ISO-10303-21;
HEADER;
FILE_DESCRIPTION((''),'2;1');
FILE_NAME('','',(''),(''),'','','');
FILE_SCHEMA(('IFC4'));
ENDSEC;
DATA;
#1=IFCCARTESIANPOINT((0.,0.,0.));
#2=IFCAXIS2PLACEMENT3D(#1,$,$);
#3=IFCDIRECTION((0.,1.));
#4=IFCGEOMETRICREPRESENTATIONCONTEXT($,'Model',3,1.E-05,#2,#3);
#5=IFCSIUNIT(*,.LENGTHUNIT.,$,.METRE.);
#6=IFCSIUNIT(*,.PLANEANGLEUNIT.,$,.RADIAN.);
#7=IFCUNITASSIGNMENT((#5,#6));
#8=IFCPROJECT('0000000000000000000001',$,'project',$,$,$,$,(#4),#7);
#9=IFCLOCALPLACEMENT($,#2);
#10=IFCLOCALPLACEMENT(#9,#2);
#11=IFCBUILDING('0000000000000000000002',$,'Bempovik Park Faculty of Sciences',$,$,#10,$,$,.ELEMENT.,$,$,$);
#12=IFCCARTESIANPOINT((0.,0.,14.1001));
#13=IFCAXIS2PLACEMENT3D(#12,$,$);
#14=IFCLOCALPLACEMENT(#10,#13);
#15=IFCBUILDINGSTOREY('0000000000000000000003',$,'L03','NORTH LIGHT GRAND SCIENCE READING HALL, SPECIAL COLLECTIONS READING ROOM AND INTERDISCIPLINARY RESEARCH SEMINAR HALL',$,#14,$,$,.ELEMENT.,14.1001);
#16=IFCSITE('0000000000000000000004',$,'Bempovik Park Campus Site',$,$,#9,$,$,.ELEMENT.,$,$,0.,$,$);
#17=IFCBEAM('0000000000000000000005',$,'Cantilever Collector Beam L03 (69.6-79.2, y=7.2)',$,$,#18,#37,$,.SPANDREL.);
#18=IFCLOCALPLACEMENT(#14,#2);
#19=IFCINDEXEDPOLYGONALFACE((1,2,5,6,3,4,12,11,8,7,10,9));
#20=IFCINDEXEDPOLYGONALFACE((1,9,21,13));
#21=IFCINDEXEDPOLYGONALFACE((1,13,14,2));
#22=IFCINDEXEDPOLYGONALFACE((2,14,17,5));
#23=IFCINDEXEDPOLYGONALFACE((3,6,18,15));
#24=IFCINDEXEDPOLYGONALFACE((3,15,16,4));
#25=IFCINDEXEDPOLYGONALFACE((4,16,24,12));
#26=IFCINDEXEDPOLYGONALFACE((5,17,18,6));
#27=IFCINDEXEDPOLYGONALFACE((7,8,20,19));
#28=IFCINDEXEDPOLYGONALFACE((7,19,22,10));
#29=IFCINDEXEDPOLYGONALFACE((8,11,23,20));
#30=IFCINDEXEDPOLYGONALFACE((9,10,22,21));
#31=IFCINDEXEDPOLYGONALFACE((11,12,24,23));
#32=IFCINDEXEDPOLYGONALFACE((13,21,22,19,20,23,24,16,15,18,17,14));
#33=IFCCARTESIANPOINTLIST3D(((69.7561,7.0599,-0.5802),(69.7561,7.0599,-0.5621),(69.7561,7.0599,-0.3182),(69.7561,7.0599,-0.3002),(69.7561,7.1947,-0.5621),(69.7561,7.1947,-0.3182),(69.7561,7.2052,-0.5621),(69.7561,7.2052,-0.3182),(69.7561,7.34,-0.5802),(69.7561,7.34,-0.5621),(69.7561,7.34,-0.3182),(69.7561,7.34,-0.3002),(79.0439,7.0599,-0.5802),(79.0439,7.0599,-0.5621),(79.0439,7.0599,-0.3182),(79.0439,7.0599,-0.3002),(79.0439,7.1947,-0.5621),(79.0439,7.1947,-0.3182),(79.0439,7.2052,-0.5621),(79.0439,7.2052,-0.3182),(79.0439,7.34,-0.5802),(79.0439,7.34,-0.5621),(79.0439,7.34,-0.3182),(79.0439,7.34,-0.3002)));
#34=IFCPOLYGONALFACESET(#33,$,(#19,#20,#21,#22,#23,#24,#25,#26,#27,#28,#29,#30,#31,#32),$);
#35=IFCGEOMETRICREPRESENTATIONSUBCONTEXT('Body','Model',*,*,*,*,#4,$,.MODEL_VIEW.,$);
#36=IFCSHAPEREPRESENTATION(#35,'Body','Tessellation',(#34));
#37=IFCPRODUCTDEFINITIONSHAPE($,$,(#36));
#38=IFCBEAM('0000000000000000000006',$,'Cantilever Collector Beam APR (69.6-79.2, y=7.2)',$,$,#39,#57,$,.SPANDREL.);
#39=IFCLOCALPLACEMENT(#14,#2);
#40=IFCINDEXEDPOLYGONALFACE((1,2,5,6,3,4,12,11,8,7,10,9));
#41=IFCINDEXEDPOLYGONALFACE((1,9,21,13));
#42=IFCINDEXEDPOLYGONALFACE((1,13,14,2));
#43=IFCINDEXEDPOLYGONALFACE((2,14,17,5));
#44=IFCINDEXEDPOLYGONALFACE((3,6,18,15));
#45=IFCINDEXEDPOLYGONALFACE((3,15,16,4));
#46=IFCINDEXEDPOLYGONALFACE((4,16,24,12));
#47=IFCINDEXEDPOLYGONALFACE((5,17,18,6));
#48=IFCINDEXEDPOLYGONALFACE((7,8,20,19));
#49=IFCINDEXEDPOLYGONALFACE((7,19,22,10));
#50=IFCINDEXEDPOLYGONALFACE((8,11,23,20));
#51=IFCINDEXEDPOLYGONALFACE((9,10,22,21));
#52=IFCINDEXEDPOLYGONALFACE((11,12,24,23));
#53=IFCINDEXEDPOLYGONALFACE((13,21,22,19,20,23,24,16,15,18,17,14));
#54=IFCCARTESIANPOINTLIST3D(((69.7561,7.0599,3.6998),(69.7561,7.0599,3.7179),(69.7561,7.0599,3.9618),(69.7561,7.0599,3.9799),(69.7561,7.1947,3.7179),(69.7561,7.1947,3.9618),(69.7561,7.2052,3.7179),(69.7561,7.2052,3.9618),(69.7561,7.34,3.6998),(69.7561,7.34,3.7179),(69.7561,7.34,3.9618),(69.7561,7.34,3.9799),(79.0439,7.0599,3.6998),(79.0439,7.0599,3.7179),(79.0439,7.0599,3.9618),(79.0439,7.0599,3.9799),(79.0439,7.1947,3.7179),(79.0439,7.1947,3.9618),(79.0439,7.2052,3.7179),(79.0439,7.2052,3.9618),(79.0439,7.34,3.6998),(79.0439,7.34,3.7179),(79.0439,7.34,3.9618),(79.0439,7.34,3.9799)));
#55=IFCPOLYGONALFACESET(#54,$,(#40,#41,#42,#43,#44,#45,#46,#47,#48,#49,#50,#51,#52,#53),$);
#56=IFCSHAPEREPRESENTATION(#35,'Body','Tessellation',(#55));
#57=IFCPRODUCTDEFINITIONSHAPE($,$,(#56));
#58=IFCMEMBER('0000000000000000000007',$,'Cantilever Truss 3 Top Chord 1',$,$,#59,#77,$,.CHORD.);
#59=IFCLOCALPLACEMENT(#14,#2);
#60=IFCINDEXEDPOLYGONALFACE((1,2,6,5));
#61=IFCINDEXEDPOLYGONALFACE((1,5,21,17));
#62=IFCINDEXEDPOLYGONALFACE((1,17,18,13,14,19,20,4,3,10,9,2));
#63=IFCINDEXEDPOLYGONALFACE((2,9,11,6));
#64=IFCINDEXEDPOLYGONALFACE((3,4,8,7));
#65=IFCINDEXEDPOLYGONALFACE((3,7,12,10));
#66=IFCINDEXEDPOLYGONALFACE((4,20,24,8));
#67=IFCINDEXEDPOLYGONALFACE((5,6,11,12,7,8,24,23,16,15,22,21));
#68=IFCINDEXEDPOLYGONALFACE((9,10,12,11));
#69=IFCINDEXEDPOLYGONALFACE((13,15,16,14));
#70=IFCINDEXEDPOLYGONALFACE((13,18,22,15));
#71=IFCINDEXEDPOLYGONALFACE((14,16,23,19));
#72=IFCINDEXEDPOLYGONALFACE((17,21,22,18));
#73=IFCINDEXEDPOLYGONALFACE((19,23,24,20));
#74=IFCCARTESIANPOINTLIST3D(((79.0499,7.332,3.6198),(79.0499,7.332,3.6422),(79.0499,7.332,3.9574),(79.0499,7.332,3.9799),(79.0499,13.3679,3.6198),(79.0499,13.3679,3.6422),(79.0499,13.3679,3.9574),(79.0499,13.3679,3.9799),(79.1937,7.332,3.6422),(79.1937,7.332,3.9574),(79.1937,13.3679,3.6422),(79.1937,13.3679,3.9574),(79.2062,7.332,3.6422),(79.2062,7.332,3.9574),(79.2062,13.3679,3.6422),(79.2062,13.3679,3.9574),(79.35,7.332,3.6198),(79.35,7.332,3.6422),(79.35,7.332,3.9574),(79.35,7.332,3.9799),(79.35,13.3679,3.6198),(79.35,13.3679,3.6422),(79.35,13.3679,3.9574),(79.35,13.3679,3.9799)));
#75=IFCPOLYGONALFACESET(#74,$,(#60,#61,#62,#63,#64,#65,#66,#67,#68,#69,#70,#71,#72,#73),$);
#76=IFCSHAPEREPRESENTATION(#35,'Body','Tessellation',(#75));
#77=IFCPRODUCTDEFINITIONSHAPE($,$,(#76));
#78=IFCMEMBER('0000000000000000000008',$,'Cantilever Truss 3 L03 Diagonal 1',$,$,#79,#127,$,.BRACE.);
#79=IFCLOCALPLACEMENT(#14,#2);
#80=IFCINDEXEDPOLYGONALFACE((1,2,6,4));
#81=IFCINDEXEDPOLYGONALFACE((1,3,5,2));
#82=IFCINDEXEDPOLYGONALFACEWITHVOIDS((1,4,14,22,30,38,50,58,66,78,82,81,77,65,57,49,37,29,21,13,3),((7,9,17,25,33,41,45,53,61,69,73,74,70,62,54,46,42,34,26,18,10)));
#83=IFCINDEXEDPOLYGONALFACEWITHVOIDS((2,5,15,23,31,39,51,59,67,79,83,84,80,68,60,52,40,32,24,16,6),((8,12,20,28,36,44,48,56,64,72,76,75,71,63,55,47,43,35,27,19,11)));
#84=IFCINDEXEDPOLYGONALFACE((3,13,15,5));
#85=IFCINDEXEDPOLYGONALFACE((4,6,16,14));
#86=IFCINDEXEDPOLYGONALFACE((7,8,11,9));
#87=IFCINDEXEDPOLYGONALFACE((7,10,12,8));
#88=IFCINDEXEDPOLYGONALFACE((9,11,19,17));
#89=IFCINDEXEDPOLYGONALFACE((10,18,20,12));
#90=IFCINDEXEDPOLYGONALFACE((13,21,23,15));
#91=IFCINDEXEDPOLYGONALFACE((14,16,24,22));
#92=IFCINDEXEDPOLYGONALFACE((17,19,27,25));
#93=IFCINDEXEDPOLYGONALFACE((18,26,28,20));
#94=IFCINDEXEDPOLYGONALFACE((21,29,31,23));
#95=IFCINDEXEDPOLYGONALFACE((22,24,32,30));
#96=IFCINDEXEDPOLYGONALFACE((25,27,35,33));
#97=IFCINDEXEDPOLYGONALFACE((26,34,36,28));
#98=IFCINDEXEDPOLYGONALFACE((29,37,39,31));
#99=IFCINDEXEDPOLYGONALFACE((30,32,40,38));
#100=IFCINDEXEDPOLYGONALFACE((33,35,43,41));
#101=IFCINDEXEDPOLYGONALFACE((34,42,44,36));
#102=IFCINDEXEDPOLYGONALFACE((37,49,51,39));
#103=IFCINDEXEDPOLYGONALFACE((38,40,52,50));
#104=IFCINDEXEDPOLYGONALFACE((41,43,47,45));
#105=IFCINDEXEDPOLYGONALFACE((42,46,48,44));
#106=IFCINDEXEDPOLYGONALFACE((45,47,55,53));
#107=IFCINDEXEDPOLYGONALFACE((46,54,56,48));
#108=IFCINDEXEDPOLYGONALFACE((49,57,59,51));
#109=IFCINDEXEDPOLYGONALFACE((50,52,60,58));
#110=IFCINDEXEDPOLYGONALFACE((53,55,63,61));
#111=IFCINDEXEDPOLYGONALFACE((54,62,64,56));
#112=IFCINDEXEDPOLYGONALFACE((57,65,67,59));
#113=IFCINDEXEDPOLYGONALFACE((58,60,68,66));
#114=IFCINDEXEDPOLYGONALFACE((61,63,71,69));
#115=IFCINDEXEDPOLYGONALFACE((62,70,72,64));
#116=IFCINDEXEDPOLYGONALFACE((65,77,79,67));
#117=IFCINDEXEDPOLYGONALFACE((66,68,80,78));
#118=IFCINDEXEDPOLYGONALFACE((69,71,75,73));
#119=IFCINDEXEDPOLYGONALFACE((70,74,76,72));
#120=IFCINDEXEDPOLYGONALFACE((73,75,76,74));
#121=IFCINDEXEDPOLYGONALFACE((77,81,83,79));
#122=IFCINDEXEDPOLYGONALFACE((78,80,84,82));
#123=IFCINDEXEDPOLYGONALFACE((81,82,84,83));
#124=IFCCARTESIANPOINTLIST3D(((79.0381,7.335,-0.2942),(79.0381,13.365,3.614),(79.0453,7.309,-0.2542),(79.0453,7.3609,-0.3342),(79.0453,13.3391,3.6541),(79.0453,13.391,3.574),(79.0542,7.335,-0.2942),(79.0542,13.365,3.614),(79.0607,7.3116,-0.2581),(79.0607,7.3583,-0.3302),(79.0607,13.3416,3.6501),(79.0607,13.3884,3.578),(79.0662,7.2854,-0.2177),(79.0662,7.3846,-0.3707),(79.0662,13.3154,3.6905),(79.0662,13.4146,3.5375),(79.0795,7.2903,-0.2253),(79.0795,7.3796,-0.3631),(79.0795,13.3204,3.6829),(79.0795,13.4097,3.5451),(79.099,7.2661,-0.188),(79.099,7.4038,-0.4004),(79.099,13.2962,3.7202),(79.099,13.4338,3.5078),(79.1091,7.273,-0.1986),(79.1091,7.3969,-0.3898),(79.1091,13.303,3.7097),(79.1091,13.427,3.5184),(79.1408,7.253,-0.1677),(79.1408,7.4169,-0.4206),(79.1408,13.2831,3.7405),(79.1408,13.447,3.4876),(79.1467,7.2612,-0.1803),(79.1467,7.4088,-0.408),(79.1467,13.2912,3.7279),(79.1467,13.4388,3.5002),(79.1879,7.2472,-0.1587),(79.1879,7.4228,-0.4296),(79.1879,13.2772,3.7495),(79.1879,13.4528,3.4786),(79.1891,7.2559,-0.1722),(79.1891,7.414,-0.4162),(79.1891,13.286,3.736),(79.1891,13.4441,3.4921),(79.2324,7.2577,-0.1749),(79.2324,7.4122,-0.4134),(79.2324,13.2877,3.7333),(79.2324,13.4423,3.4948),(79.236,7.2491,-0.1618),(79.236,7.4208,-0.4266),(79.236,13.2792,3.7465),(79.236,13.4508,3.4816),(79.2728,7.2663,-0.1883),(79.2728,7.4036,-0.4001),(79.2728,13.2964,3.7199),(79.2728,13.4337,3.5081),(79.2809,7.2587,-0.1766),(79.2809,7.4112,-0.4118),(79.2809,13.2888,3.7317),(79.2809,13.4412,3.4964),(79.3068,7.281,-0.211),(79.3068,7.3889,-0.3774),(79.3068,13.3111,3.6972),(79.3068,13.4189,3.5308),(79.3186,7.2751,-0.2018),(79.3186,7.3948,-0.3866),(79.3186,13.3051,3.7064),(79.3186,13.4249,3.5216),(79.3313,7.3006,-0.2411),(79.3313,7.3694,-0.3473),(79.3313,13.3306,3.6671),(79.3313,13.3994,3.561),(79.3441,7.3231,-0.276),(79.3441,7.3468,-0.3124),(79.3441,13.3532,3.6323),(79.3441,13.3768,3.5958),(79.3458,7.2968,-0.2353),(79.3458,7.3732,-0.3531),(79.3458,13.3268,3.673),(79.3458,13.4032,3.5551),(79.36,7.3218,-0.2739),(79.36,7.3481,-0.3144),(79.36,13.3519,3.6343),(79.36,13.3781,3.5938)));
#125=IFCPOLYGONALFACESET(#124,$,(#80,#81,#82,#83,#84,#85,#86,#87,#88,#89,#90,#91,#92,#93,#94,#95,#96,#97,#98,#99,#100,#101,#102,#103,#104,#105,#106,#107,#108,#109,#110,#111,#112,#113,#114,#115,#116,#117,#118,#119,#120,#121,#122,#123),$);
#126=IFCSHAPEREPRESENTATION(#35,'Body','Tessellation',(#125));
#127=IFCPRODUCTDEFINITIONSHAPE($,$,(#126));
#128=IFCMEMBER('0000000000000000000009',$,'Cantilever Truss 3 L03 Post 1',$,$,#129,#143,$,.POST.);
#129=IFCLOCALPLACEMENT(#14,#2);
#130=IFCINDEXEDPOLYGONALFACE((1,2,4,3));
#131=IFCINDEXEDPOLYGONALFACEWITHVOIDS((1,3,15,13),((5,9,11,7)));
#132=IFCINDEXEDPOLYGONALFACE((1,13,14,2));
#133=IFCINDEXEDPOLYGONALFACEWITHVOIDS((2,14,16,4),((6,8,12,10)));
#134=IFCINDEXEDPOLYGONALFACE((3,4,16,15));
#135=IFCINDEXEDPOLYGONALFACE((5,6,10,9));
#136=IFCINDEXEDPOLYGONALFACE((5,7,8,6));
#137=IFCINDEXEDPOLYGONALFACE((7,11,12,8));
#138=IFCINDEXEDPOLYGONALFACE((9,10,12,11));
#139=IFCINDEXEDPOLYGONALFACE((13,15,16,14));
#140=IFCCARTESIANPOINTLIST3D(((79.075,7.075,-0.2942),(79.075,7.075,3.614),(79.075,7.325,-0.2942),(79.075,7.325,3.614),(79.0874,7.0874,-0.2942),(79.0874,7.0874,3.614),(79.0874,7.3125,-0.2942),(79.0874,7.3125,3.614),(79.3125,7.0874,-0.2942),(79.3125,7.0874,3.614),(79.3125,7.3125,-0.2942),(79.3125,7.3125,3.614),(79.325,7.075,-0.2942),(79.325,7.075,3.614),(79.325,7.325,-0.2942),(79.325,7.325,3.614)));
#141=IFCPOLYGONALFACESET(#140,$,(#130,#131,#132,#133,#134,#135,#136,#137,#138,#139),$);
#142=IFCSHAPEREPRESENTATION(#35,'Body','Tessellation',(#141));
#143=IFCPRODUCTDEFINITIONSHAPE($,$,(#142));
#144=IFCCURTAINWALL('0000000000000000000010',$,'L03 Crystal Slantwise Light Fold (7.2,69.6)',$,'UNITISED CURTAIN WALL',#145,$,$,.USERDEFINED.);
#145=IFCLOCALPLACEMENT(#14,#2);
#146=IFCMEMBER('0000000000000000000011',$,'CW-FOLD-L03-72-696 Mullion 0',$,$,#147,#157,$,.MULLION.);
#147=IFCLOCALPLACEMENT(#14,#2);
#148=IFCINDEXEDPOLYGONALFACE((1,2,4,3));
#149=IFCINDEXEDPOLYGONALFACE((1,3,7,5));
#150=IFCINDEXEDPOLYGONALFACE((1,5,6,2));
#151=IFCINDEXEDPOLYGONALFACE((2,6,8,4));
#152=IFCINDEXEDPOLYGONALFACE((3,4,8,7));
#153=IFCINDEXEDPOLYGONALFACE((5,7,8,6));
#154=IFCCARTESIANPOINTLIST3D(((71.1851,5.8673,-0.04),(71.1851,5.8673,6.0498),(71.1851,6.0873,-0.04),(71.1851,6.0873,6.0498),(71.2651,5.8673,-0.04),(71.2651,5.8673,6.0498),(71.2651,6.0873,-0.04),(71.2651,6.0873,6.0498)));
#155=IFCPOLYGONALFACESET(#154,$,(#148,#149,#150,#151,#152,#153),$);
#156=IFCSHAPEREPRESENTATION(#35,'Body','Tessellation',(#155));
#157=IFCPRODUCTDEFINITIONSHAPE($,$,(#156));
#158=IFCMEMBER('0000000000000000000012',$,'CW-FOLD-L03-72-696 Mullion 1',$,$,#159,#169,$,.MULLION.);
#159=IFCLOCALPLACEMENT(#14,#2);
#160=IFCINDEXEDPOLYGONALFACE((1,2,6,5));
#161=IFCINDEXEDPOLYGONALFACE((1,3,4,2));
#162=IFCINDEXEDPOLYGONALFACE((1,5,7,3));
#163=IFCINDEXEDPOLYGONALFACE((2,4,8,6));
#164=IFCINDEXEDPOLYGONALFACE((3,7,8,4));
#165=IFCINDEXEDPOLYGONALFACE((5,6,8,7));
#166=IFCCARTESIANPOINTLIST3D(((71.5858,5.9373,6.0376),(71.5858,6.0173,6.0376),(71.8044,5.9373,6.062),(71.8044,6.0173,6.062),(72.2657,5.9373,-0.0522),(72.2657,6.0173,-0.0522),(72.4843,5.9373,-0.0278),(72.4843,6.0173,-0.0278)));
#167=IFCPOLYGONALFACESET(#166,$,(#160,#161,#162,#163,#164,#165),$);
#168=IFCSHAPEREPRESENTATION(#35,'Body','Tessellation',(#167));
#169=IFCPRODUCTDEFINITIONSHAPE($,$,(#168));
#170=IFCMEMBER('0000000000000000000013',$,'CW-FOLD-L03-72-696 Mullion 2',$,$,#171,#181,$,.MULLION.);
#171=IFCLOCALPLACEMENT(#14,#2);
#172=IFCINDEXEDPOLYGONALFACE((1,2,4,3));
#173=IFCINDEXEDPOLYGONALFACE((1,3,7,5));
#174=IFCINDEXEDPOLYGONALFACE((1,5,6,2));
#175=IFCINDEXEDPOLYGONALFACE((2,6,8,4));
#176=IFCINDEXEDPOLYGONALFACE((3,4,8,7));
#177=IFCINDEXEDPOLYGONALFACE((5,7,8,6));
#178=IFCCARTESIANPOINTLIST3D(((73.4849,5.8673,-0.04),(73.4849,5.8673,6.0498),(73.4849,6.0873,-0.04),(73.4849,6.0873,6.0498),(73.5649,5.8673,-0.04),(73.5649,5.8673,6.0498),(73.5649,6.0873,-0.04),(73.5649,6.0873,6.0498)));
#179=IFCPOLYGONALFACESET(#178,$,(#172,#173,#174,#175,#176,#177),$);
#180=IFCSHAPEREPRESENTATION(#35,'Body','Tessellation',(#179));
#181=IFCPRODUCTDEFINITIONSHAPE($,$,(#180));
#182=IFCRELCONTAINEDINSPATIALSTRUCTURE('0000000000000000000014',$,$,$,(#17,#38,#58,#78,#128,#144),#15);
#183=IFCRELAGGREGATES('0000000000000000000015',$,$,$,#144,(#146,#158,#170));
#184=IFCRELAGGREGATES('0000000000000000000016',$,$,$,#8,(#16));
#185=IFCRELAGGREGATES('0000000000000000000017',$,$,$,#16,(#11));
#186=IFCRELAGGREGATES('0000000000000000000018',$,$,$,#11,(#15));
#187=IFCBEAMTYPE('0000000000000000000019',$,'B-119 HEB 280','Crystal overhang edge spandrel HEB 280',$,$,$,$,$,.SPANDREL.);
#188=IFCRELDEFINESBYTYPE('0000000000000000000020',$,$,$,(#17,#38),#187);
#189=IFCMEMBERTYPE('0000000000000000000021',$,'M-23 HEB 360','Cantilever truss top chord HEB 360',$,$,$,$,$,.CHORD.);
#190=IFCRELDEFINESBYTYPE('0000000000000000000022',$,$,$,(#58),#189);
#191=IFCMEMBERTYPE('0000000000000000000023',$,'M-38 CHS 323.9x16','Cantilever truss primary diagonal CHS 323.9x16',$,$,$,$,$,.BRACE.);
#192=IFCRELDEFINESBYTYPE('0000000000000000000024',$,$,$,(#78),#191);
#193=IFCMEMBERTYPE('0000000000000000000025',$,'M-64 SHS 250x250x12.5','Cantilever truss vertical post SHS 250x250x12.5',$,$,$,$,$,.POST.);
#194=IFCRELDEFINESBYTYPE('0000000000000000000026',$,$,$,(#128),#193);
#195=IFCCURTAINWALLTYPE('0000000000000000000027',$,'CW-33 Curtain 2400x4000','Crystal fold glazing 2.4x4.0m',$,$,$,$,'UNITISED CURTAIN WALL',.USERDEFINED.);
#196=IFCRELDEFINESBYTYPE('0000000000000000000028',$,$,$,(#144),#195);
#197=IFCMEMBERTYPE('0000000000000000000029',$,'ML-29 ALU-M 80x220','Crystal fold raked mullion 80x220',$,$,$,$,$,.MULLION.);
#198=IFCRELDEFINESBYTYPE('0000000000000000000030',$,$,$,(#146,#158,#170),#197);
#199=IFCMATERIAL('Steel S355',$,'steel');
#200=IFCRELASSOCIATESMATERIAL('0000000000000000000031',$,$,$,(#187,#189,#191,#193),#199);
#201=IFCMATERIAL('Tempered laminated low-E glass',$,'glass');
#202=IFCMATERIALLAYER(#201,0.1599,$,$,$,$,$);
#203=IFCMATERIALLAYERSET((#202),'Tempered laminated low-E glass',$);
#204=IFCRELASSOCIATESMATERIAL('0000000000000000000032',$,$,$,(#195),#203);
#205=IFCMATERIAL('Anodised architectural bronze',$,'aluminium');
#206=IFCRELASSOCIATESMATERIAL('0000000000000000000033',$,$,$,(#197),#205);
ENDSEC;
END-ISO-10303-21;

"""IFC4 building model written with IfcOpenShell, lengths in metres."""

from ifc_helpers import new_model, si_unit, direction, frame, origin, origin_2d, place, context, subcontext, project, spatial, rectangle, hollow_rectangle, hollow_circle, i_section, extrude, material, layer, layer_set, material_profile, profile_set, type_object, element, aggregate, save


model = new_model("IFC4")

# Units and contexts
model_context = context("Model", 3, precision=1e-05, world=origin(), true_north=direction((0.0, 1.0)))
body_context = subcontext(model_context, "Body", "Model", "MODEL_VIEW")
ifc_project = project(units=[si_unit("LENGTHUNIT", "METRE"), si_unit("PLANEANGLEUNIT", "RADIAN")], contexts=[model_context])

# Site, building, storey
site_placement = place(None, origin())
site = spatial("IfcSite", under=ifc_project, at=site_placement, Name="Bempovik Park Campus Site", CompositionType="ELEMENT", RefElevation=0.0)
building_placement = place(site_placement, origin())
building = spatial("IfcBuilding", under=site, at=building_placement, Name="Bempovik Park Faculty of Sciences", CompositionType="ELEMENT")
storey_placement = place(building_placement, frame((0.0, 0.0, 14.1001)))
storey = spatial("IfcBuildingStorey", under=building, at=storey_placement, Name="L03", Description="NORTH LIGHT GRAND SCIENCE READING HALL, SPECIAL COLLECTIONS READING ROOM AND INTERDISCIPLINARY RESEARCH SEMINAR HALL", CompositionType="ELEMENT", Elevation=14.1001)

# Beams
ifc_material_1 = material(Name="Steel S355", Category="steel")
ifc_material_profile_1 = material_profile(ifc_material_1, i_section(OverallWidth=0.28, OverallDepth=0.28, WebThickness=0.0105, FlangeThickness=0.0181, at=origin_2d()), Name="HEB 280")
ifc_profile_set_1 = profile_set([ifc_material_profile_1], Name="Steel S355")
beam_type = type_object("IfcBeamType", Name="B-119 HEB 280", Description="Crystal overhang edge spandrel HEB 280", PredefinedType="SPANDREL", material=ifc_profile_set_1)
for number, where, z_axis, x_axis, name in (
    (1, (69.7561, 7.2, -0.4402), (1.0, 0.0, 0.0), (0.0, 1.0, 0.0), "Cantilever Collector Beam L03 (69.6-79.2, y=7.2)"),
    (2, (69.7561, 7.2, 3.8398), (1.0, 0.0, 0.0), (0.0, 1.0, 0.0), "Cantilever Collector Beam APR (69.6-79.2, y=7.2)"),
):
    element("IfcBeam", number, at=place(storey_placement, frame(where, z_axis=z_axis, x_axis=x_axis)), inside=storey, type_object=beam_type, Name=name, PredefinedType="SPANDREL", context=body_context, shape_type="SweptSolid", body=[
        extrude(i_section(OverallWidth=0.28, OverallDepth=0.28, WebThickness=0.0105, FlangeThickness=0.0181, at=origin_2d()), origin(), (0.0, 0.0, 1.0), 9.2878),
    ])

# Members
ifc_material_profile_2 = material_profile(ifc_material_1, i_section(OverallWidth=0.3, OverallDepth=0.3601, WebThickness=0.0125, FlangeThickness=0.0225, at=origin_2d()), Name="HEB 360")
ifc_profile_set_2 = profile_set([ifc_material_profile_2], Name="Steel S355")
member_type_1 = type_object("IfcMemberType", Name="M-23 HEB 360", Description="Cantilever truss top chord HEB 360", PredefinedType="CHORD", material=ifc_profile_set_2)
member_1_placement = place(storey_placement, frame((79.2, 7.332, 3.7998), z_axis=(0.0, 1.0, 0.0), x_axis=(-1.0, 0.0, 0.0)))
element("IfcMember", 3, at=member_1_placement, inside=storey, type_object=member_type_1, Name="Cantilever Truss 3 Top Chord 1", PredefinedType="CHORD", context=body_context, shape_type="SweptSolid", body=[
    extrude(i_section(OverallWidth=0.3, OverallDepth=0.3601, WebThickness=0.0125, FlangeThickness=0.0225, at=origin_2d()), origin(), (0.0, 0.0, 1.0), 6.0359),
])
ifc_material_profile_3 = material_profile(ifc_material_1, hollow_circle(Radius=0.1619, WallThickness=0.0161, at=origin_2d()), Name="CHS 323.9x16")
ifc_profile_set_3 = profile_set([ifc_material_profile_3], Name="Steel S355")
member_type_2 = type_object("IfcMemberType", Name="M-38 CHS 323.9x16", Description="Cantilever truss primary diagonal CHS 323.9x16", PredefinedType="BRACE", material=ifc_profile_set_3)
member_2_placement = place(storey_placement, frame((79.2, 7.335, -0.2942), z_axis=(0.0, 0.839162, 0.543881), x_axis=(-1.0, 0.0, 0.0)))
element("IfcMember", 4, at=member_2_placement, inside=storey, type_object=member_type_2, Name="Cantilever Truss 3 L03 Diagonal 1", PredefinedType="BRACE", context=body_context, shape_type="SweptSolid", body=[
    extrude(hollow_circle(Radius=0.1619, WallThickness=0.0161, at=origin_2d()), origin(), (0.0, 0.0, 1.0), 7.1858),
])
ifc_material_profile_4 = material_profile(ifc_material_1, hollow_rectangle(XDim=0.25, YDim=0.25, WallThickness=0.0125, at=origin_2d()), Name="SHS 250x250x12.5")
ifc_profile_set_4 = profile_set([ifc_material_profile_4], Name="Steel S355")
member_type_3 = type_object("IfcMemberType", Name="M-64 SHS 250x250x12.5", Description="Cantilever truss vertical post SHS 250x250x12.5", PredefinedType="POST", material=ifc_profile_set_4)
member_3_placement = place(storey_placement, frame((79.2, 7.2, -0.2942), z_axis=(0.0, 0.0, 1.0), x_axis=(1.0, 0.0, 0.0)))
element("IfcMember", 5, at=member_3_placement, inside=storey, type_object=member_type_3, Name="Cantilever Truss 3 L03 Post 1", PredefinedType="POST", context=body_context, shape_type="SweptSolid", body=[
    extrude(hollow_rectangle(XDim=0.25, YDim=0.25, WallThickness=0.0125, at=origin_2d()), origin(), (0.0, 0.0, 1.0), 3.9082),
])

# Curtain wall, members
ifc_material_2 = material(Name="Tempered laminated low-E glass", Category="glass")
ifc_layer_1 = layer(ifc_material_2, 0.1599)
ifc_layer_set_1 = layer_set([ifc_layer_1], Name="Tempered laminated low-E glass")
curtain_wall_type = type_object("IfcCurtainWallType", Name="CW-33 Curtain 2400x4000", Description="Crystal fold glazing 2.4x4.0m", ElementType="UNITISED CURTAIN WALL", PredefinedType="USERDEFINED", material=ifc_layer_set_1)
curtain_wall_placement = place(storey_placement, origin())
curtain_wall = element("IfcCurtainWall", 6, at=curtain_wall_placement, inside=storey, type_object=curtain_wall_type, Name="L03 Crystal Slantwise Light Fold (7.2,69.6)", ObjectType="UNITISED CURTAIN WALL", PredefinedType="USERDEFINED")
ifc_material_3 = material(Name="Anodised architectural bronze", Category="aluminium")
ifc_material_profile_5 = material_profile(ifc_material_3, rectangle(XDim=0.0801, YDim=0.22, at=origin_2d()), Name="ALU-M 80x220")
ifc_profile_set_5 = profile_set([ifc_material_profile_5], Name="Anodised architectural bronze")
member_type_4 = type_object("IfcMemberType", Name="ML-29 ALU-M 80x220", Description="Crystal fold raked mullion 80x220", PredefinedType="MULLION", material=ifc_profile_set_5)
member_4_placement = place(storey_placement, frame((71.2251, 5.9773, -0.04), z_axis=(0.0, 0.0, 1.0), x_axis=(1.0, 0.0, 0.0)))
member_4 = element("IfcMember", 7, at=member_4_placement, type_object=member_type_4, Name="CW-FOLD-L03-72-696 Mullion 0", PredefinedType="MULLION", context=body_context, shape_type="SweptSolid", body=[
    extrude(rectangle(XDim=0.0801, YDim=0.22, at=origin_2d()), origin(), (0.0, 0.0, 1.0), 6.0898),
])
member_5_placement = place(storey_placement, frame((72.375, 5.9773, -0.04), z_axis=(-0.110961, 0.0, 0.993825), x_axis=(0.0, -1.0, 0.0)))
member_5 = element("IfcMember", 8, at=member_5_placement, type_object=member_type_4, Name="CW-FOLD-L03-72-696 Mullion 1", PredefinedType="MULLION", context=body_context, shape_type="SweptSolid", body=[
    extrude(rectangle(XDim=0.0801, YDim=0.22, at=origin_2d()), origin(), (0.0, 0.0, 1.0), 6.1277),
])
member_6_placement = place(storey_placement, frame((73.5249, 5.9773, -0.04), z_axis=(0.0, 0.0, 1.0), x_axis=(1.0, 0.0, 0.0)))
member_6 = element("IfcMember", 9, at=member_6_placement, type_object=member_type_4, Name="CW-FOLD-L03-72-696 Mullion 2", PredefinedType="MULLION", context=body_context, shape_type="SweptSolid", body=[
    extrude(rectangle(XDim=0.0801, YDim=0.22, at=origin_2d()), origin(), (0.0, 0.0, 1.0), 6.0898),
])
aggregate(curtain_wall, [member_4, member_5, member_6])

save(model, "model.ifc")
